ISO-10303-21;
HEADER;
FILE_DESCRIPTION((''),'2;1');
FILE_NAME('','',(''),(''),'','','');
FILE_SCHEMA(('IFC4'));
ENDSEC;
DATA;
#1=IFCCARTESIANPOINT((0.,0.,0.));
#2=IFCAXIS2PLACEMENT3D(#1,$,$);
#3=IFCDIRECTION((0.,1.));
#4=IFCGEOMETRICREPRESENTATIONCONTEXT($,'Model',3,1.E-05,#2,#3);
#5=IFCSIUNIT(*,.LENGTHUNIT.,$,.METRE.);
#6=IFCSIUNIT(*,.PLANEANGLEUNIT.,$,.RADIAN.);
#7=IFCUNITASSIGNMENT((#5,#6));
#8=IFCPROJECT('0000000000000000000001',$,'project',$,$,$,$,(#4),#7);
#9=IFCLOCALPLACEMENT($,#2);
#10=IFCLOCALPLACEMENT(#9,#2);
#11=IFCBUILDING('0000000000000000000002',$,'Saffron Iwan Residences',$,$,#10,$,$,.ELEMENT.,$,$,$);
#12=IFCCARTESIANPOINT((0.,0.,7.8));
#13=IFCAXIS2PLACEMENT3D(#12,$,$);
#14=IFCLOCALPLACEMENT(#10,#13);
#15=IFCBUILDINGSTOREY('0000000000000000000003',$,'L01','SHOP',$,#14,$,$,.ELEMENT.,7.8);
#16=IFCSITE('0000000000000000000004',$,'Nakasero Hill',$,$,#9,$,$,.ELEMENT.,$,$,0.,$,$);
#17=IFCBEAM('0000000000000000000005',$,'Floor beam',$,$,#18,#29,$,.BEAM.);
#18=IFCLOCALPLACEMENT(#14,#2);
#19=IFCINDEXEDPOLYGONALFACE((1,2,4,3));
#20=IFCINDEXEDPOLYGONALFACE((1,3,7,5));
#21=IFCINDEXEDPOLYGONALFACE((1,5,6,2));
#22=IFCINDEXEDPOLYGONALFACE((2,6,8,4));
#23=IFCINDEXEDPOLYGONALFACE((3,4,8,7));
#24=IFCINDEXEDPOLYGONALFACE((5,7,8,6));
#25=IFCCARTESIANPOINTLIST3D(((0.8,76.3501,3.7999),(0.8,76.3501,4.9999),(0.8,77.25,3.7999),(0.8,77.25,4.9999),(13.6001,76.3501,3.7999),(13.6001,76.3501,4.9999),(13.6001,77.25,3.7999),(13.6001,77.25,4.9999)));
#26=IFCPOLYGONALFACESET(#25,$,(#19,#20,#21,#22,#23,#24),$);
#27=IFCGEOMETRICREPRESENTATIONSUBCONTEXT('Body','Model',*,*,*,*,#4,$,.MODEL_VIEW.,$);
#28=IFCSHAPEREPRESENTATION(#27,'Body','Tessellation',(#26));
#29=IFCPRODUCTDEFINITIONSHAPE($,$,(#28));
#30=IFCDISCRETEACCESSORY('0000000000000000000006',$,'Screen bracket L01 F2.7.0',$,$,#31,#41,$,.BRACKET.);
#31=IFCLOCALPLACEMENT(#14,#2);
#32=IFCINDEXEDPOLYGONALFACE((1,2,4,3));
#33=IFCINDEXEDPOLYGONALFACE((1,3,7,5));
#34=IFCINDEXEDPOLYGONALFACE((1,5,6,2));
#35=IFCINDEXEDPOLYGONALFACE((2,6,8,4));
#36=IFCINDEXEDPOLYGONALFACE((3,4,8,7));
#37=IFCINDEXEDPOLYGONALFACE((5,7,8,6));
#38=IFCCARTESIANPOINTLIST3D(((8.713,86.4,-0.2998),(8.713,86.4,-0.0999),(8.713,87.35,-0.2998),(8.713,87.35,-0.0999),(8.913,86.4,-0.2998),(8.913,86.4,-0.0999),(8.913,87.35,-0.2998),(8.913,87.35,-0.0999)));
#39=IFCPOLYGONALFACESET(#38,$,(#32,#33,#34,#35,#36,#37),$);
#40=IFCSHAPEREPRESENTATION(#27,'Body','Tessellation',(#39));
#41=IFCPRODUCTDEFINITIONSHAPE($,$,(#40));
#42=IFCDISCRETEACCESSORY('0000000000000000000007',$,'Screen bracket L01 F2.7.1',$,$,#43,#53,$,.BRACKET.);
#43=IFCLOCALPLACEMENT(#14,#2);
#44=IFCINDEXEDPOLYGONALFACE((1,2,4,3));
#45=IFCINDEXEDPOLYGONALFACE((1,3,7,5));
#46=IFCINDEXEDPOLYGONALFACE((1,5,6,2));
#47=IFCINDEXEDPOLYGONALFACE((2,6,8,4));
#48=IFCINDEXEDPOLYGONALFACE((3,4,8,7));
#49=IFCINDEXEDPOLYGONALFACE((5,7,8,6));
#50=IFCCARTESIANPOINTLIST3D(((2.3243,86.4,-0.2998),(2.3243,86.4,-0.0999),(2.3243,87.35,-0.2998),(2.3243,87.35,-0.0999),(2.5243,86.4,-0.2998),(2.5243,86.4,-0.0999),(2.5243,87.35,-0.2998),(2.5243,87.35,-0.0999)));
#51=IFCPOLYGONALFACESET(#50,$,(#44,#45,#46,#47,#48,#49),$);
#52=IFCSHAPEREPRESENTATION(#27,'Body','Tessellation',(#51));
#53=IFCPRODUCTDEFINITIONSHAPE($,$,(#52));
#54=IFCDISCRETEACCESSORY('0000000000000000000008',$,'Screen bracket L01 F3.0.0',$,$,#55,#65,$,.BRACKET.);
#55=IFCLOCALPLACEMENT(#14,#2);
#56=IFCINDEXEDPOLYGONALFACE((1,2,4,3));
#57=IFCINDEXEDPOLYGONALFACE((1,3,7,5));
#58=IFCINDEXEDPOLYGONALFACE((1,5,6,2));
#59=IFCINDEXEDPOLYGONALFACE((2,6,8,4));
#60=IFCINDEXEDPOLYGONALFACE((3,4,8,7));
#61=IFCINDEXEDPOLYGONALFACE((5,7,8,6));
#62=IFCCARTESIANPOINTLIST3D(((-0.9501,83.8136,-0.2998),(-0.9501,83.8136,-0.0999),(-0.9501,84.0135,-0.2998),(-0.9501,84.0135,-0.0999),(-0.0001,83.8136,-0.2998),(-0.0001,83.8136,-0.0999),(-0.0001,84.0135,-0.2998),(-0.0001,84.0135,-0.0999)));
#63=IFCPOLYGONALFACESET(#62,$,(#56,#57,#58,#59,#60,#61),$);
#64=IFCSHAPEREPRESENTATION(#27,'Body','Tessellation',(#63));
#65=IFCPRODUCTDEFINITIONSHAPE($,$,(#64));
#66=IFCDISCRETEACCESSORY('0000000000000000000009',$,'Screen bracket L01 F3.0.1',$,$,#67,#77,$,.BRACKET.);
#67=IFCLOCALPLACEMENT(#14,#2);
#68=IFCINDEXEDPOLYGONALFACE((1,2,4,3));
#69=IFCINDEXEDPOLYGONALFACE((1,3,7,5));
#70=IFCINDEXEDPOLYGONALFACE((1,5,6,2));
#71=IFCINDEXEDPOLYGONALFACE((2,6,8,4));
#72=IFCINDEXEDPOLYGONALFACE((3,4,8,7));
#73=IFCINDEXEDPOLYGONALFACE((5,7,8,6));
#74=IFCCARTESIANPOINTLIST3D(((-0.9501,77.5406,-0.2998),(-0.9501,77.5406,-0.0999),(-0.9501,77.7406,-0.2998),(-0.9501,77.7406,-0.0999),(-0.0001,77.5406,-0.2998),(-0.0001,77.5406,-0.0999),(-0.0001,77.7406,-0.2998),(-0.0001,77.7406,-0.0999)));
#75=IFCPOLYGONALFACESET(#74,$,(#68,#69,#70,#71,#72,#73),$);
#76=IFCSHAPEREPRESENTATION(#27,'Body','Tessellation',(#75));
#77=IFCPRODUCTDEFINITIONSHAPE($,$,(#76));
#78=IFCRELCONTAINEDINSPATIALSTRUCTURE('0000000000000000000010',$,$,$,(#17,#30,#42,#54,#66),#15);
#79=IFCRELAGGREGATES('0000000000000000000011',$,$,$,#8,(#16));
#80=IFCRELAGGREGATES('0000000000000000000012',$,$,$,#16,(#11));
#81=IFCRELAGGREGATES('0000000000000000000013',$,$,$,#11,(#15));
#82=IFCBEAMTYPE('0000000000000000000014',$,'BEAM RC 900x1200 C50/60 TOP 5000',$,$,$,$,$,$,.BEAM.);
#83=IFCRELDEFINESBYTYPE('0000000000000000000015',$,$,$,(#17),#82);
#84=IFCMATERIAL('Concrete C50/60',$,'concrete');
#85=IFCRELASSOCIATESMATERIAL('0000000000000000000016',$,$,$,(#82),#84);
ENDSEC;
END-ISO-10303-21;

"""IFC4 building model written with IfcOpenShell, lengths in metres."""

from ifc_helpers import new_model, si_unit, direction, frame, origin, origin_2d, place, context, subcontext, project, spatial, rectangle, extrude, source, transform, mapped, material, material_profile, profile_set, type_object, element, save


model = new_model("IFC4")

# Units and contexts
model_context = context("Model", 3, precision=1e-05, world=origin(), true_north=direction((0.0, 1.0)))
body_context = subcontext(model_context, "Body", "Model", "MODEL_VIEW")
ifc_project = project(units=[si_unit("LENGTHUNIT", "METRE"), si_unit("PLANEANGLEUNIT", "RADIAN")], contexts=[model_context])

# Site, building, storey
site_placement = place(None, origin())
site = spatial("IfcSite", under=ifc_project, at=site_placement, Name="Nakasero Hill", CompositionType="ELEMENT", RefElevation=0.0)
building_placement = place(site_placement, origin())
building = spatial("IfcBuilding", under=site, at=building_placement, Name="Saffron Iwan Residences", CompositionType="ELEMENT")
storey_placement = place(building_placement, frame((0.0, 0.0, 7.8)))
storey = spatial("IfcBuildingStorey", under=building, at=storey_placement, Name="L01", Description="SHOP", CompositionType="ELEMENT", Elevation=7.8)

# Shared definitions
ifc_material_1 = material(Name="Concrete C50/60", Category="concrete")

# Beam
ifc_material_profile_1 = material_profile(ifc_material_1, rectangle(XDim=0.8999, YDim=1.2, at=origin_2d()), Name="RC 900x1200")
ifc_profile_set_1 = profile_set([ifc_material_profile_1], Name="Concrete C50/60")
beam_type_1 = type_object("IfcBeamType", Name="BEAM RC 900x1200 C50/60 TOP 5000", PredefinedType="BEAM", material=ifc_profile_set_1)
shared_shape_1 = source(origin(), body_context, "Body", "SweptSolid", [
    extrude(rectangle(XDim=0.8999, YDim=1.2, at=origin_2d()), origin(), (0.0, 0.0, 1.0), 12.8),
])
beam_1_placement = place(storey_placement, frame((0.8, 76.8, 4.3999), z_axis=(1.0, 0.0, 0.0), x_axis=(0.0, 1.0, 0.0)))
element("IfcBeam", 1, at=beam_1_placement, inside=storey, type_object=beam_type_1, Name="Floor beam", PredefinedType="BEAM", context=body_context, shape_type="MappedRepresentation", body=[
    mapped(shared_shape_1, transform((0.0, 0.0, 0.0))),
])

# Discrete accessories
shared_shape_2 = source(origin(), body_context, "Body", "SweptSolid", [
    extrude(rectangle(XDim=0.95, YDim=0.2, at=origin_2d()), origin(), (0.0, 0.0, 1.0), 0.2),
])
for number, where, z_axis, x_axis, name in (
    (2, (8.813, 86.875, -0.2998), (0.0, 0.0, 1.0), (0.0, 1.0, 0.0), "Screen bracket L01 F2.7.0"),
    (3, (2.4243, 86.875, -0.2998), (0.0, 0.0, 1.0), (0.0, 1.0, 0.0), "Screen bracket L01 F2.7.1"),
    (4, (-0.4751, 83.9136, -0.2998), (0.0, 0.0, 1.0), (-1.0, 0.0, 0.0), "Screen bracket L01 F3.0.0"),
    (5, (-0.4751, 77.6406, -0.2998), (0.0, 0.0, 1.0), (-1.0, 0.0, 0.0), "Screen bracket L01 F3.0.1"),
):
    element("IfcDiscreteAccessory", number, at=place(storey_placement, frame(where, z_axis=z_axis, x_axis=x_axis)), inside=storey, Name=name, PredefinedType="BRACKET", context=body_context, shape_type="MappedRepresentation", body=[
        mapped(shared_shape_2, transform((0.0, 0.0, 0.0))),
    ])

save(model, "model.ifc")
